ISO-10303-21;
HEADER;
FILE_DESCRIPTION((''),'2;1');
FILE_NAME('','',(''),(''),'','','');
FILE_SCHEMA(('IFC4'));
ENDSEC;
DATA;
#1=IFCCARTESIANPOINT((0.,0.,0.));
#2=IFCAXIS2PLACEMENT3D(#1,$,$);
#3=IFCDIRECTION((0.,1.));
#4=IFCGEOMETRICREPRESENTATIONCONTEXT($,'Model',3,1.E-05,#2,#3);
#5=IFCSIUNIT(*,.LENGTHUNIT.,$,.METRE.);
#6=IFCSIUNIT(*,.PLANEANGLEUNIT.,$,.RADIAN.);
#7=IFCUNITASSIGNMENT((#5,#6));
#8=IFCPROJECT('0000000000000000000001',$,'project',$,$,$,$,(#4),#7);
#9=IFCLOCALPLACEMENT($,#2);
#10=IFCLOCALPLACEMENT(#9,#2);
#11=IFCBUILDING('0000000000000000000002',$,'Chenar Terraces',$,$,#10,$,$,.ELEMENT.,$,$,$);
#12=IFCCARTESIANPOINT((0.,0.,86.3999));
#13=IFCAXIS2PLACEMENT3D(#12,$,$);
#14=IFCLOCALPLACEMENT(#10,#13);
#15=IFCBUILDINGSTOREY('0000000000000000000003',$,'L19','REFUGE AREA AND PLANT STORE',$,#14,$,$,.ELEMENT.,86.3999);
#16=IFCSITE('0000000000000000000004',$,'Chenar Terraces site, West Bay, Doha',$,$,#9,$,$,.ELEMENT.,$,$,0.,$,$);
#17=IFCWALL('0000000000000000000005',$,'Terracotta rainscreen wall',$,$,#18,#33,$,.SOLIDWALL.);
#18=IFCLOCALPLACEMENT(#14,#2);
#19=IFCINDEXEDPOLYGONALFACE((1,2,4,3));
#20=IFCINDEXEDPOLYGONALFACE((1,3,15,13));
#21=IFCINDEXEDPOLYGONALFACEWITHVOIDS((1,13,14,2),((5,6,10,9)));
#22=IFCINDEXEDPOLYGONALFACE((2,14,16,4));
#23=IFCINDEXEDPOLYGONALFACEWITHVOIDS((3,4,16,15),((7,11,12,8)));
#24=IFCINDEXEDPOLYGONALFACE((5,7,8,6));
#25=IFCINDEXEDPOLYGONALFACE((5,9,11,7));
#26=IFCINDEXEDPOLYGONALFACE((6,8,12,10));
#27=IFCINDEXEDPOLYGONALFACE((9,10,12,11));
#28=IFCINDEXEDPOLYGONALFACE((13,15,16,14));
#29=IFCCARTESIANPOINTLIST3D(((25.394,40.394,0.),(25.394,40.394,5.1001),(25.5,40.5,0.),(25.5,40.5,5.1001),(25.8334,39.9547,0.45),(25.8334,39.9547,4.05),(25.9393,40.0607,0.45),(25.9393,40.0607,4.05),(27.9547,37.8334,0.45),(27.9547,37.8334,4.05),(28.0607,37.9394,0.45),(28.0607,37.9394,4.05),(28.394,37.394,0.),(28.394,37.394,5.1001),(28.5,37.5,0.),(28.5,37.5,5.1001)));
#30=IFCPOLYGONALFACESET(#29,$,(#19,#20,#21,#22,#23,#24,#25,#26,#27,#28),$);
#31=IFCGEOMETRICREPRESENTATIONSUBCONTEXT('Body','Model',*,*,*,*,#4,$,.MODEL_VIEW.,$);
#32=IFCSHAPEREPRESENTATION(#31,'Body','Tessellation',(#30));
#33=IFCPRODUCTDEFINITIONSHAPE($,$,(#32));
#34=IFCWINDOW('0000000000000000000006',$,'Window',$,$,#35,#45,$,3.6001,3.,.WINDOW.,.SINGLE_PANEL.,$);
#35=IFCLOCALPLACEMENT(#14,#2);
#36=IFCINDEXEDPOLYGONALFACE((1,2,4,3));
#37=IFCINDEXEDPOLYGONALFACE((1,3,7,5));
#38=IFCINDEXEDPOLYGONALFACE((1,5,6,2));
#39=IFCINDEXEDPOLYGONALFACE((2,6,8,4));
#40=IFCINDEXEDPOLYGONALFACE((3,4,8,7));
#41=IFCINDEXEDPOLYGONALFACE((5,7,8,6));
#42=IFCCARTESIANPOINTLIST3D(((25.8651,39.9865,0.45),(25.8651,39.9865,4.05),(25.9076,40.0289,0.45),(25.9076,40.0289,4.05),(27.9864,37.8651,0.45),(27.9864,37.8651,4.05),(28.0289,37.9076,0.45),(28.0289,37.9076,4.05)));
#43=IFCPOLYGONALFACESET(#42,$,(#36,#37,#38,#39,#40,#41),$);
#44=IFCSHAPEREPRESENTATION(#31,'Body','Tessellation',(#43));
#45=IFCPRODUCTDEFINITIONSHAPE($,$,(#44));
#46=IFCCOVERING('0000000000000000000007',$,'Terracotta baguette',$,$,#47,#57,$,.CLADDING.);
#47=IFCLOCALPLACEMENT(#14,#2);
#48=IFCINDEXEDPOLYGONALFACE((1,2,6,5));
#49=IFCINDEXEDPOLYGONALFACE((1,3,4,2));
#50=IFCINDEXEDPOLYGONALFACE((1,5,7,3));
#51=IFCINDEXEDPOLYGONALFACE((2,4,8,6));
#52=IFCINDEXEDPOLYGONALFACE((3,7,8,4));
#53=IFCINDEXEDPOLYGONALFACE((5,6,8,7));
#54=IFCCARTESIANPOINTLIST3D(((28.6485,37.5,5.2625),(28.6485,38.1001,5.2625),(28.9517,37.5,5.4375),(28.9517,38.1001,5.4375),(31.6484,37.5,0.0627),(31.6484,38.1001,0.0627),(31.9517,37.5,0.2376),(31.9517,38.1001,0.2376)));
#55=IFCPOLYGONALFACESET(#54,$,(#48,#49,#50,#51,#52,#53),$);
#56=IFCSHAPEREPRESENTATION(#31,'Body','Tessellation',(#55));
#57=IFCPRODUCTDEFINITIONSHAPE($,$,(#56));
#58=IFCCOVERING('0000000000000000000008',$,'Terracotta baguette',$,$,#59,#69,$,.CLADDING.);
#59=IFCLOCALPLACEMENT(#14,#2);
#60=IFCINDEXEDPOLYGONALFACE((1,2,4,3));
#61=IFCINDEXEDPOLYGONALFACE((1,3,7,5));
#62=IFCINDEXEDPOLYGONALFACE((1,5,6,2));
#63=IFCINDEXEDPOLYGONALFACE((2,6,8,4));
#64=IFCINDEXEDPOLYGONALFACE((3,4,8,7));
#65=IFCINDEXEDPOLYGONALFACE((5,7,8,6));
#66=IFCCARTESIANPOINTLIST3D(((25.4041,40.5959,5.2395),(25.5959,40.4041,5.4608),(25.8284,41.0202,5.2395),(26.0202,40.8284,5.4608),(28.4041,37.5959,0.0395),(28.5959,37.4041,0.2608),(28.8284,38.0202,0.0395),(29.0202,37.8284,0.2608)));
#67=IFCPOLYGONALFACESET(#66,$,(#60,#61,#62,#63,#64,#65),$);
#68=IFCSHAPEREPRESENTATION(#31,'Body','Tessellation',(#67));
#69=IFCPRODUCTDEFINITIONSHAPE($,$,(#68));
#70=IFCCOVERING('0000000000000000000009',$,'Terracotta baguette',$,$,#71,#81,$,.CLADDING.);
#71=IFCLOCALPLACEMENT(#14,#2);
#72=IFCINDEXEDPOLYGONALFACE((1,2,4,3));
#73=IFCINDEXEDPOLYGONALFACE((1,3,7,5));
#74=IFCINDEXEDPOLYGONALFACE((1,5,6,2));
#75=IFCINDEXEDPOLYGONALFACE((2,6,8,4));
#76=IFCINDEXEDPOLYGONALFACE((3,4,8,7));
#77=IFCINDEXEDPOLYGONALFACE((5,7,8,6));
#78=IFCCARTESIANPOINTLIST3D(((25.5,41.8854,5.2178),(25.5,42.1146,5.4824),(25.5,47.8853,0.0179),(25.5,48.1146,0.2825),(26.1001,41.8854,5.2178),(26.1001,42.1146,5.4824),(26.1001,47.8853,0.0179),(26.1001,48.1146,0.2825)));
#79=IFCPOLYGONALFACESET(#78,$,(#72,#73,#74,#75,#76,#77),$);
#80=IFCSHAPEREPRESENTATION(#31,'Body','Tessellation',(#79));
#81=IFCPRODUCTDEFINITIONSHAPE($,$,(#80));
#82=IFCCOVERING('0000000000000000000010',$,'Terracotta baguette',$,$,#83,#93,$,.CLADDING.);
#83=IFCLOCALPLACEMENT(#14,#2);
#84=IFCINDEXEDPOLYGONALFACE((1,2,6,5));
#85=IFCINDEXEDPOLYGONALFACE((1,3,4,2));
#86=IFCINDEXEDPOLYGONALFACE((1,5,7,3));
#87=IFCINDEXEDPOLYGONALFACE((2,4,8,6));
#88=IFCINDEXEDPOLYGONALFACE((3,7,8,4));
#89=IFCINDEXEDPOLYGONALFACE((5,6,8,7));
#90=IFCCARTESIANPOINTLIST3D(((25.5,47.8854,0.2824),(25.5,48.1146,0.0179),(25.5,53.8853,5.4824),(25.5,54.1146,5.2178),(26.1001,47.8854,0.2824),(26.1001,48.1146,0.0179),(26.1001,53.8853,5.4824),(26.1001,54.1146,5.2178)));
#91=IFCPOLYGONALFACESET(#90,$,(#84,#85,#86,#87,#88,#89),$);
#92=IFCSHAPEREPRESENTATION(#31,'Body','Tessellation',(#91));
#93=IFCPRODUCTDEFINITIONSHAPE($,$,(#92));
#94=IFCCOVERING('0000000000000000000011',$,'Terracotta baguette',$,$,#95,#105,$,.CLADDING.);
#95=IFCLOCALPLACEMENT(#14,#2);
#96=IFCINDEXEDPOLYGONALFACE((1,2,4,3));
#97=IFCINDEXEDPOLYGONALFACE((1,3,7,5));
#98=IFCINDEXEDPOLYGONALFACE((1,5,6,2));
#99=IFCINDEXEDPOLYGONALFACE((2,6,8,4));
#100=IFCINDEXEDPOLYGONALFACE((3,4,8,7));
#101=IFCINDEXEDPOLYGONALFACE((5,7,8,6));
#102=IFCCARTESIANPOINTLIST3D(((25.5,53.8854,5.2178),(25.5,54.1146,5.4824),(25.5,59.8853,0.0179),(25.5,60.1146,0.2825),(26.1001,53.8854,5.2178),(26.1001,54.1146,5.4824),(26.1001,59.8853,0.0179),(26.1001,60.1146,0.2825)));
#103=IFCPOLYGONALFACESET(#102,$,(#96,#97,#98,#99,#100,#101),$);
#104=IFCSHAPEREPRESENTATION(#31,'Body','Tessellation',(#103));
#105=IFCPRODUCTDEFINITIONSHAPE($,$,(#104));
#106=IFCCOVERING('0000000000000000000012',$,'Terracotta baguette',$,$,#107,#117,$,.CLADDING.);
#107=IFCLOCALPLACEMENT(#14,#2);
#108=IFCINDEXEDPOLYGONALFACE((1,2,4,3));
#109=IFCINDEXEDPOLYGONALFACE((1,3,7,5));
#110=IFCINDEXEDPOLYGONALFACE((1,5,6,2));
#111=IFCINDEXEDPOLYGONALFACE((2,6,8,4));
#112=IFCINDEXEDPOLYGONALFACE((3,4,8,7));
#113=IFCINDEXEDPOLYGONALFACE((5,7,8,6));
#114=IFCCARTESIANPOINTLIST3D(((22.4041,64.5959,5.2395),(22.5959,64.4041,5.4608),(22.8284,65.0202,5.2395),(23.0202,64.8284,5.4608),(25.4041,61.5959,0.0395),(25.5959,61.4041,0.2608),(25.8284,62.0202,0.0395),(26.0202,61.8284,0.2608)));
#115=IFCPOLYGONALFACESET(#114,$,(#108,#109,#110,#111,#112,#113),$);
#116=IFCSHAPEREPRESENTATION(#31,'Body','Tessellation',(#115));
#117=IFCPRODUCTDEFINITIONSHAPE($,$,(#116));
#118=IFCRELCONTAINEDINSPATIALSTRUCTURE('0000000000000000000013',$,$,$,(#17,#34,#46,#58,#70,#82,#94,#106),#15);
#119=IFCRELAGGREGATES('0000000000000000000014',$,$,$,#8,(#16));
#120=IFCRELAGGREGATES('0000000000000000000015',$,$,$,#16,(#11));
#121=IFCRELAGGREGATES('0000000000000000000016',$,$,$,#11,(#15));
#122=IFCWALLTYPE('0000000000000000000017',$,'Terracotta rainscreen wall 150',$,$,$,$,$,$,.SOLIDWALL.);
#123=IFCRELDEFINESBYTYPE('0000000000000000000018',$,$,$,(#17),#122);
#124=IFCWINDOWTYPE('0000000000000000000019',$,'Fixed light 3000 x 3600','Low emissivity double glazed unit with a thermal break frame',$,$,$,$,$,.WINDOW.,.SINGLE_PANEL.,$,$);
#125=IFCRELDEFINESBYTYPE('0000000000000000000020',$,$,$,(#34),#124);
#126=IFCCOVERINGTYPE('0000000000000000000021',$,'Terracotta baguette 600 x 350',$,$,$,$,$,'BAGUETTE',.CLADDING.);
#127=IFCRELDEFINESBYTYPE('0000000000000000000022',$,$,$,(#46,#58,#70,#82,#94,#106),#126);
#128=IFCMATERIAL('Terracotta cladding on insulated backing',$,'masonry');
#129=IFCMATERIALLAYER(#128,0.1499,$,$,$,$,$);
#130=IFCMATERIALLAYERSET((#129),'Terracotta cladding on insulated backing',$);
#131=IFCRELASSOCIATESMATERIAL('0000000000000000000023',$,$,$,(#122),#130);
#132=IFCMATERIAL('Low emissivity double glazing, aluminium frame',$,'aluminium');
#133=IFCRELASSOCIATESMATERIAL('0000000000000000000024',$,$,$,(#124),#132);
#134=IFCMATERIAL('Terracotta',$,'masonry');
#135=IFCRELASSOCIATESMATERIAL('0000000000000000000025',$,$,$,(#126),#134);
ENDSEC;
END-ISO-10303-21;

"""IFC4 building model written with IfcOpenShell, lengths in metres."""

from ifc_helpers import new_model, si_unit, direction, frame, frame_2d, origin, origin_2d, place, context, subcontext, project, spatial, rectangle, extrude, material, layer, layer_set, material_profile, profile_set, type_object, element, fill, save


model = new_model("IFC4")

# Units and contexts
model_context = context("Model", 3, precision=1e-05, world=origin(), true_north=direction((0.0, 1.0)))
body_context = subcontext(model_context, "Body", "Model", "MODEL_VIEW")
ifc_project = project(units=[si_unit("LENGTHUNIT", "METRE"), si_unit("PLANEANGLEUNIT", "RADIAN")], contexts=[model_context])

# Site, building, storey
site_placement = place(None, origin())
site = spatial("IfcSite", under=ifc_project, at=site_placement, Name="Chenar Terraces site, West Bay, Doha", CompositionType="ELEMENT", RefElevation=0.0)
building_placement = place(site_placement, origin())
building = spatial("IfcBuilding", under=site, at=building_placement, Name="Chenar Terraces", CompositionType="ELEMENT")
storey_placement = place(building_placement, frame((0.0, 0.0, 86.3999)))
storey = spatial("IfcBuildingStorey", under=building, at=storey_placement, Name="L19", Description="REFUGE AREA AND PLANT STORE", CompositionType="ELEMENT", Elevation=86.3999)

# Wall, opening, window
ifc_material_1 = material(Name="Terracotta cladding on insulated backing", Category="masonry")
ifc_layer_1 = layer(ifc_material_1, 0.1499)
ifc_layer_set_1 = layer_set([ifc_layer_1], Name="Terracotta cladding on insulated backing")
wall_type = type_object("IfcWallType", Name="Terracotta rainscreen wall 150", PredefinedType="SOLIDWALL", material=ifc_layer_set_1)
wall_placement = place(storey_placement, frame((28.447, 37.447, 0.0), z_axis=(0.0, 0.0, 1.0), x_axis=(-0.707107, 0.707107, 0.0)))
wall = element("IfcWall", 1, at=wall_placement, inside=storey, type_object=wall_type, Name="Terracotta rainscreen wall", PredefinedType="SOLIDWALL", context=body_context, shape_type="SweptSolid", body=[
    extrude(rectangle(XDim=4.2427, YDim=0.1499, at=frame_2d((2.1213, 0.0))), origin(), (0.0, 0.0, 1.0), 5.1001),
])
opening_placement = place(wall_placement, frame((0.6213, 0.0, 0.45)))
opening = element("IfcOpeningElement", 2, at=opening_placement, cuts=wall, PredefinedType="OPENING", context=body_context, shape_type="SweptSolid", body=[
    extrude(rectangle(XDim=3.0, YDim=3.6001, at=frame_2d((1.5, 1.8))), frame((0.0, 0.085, 0.0), z_axis=(0.0, -1.0, 0.0), x_axis=(1.0, 0.0, 0.0)), (0.0, 0.0, 1.0), 0.1699),
])
ifc_material_2 = material(Name="Low emissivity double glazing, aluminium frame", Category="aluminium")
window_type = type_object("IfcWindowType", Name="Fixed light 3000 x 3600", Description="Low emissivity double glazed unit with a thermal break frame", PartitioningType="SINGLE_PANEL", PredefinedType="WINDOW", material=ifc_material_2)
window_placement = place(opening_placement, origin())
window = element("IfcWindow", 3, at=window_placement, inside=storey, type_object=window_type, Name="Window", OverallHeight=3.6001, OverallWidth=3.0, PartitioningType="SINGLE_PANEL", PredefinedType="WINDOW", context=body_context, shape_type="SweptSolid", body=[
    extrude(rectangle(XDim=3.0, YDim=3.6001, at=frame_2d((1.5, 1.8))), frame((0.0, 0.03, 0.0), z_axis=(0.0, -1.0, 0.0), x_axis=(1.0, 0.0, 0.0)), (0.0, 0.0, 1.0), 0.0601),
])
fill(opening, window)

# Coverings
ifc_material_3 = material(Name="Terracotta", Category="masonry")
ifc_material_profile_1 = material_profile(ifc_material_3, rectangle(XDim=0.6001, YDim=0.3501, at=origin_2d()), Name="Terracotta baguette 600 x 350")
ifc_profile_set_1 = profile_set([ifc_material_profile_1], Name="Terracotta")
covering_type = type_object("IfcCoveringType", Name="Terracotta baguette 600 x 350", ElementType="BAGUETTE", PredefinedType="CLADDING", material=ifc_profile_set_1)
covering_1_placement = place(storey_placement, frame((31.8, 37.8, 0.1501), z_axis=(-0.499726, 0.0, 0.866184), x_axis=(0.0, -1.0, 0.0)))
element("IfcCovering", 4, at=covering_1_placement, inside=storey, type_object=covering_type, Name="Terracotta baguette", PredefinedType="CLADDING", context=body_context, shape_type="SweptSolid", body=[
    extrude(rectangle(XDim=0.6001, YDim=0.3501, at=origin_2d()), origin(), (0.0, 0.0, 1.0), 6.0032),
])
covering_2_placement = place(storey_placement, frame((28.7122, 37.7122, 0.1501), z_axis=(-0.447017, 0.447017, 0.774823), x_axis=(-0.707107, -0.707107, 0.0)))
element("IfcCovering", 5, at=covering_2_placement, inside=storey, type_object=covering_type, Name="Terracotta baguette", PredefinedType="CLADDING", context=body_context, shape_type="SweptSolid", body=[
    extrude(rectangle(XDim=0.6001, YDim=0.3501, at=origin_2d()), origin(), (0.0, 0.0, 1.0), 6.7112),
])
for number, where, z_axis, x_axis, name in (
    (6, (25.8, 42.0, 5.3501), (0.0, 0.755692, -0.654927), (-1.0, 0.0, 0.0), "Terracotta baguette"),
    (7, (25.8, 48.0, 0.1501), (0.0, 0.755692, 0.654927), (-1.0, 0.0, 0.0), "Terracotta baguette"),
    (8, (25.8, 54.0, 5.3501), (0.0, 0.755692, -0.654927), (-1.0, 0.0, 0.0), "Terracotta baguette"),
):
    element("IfcCovering", number, at=place(storey_placement, frame(where, z_axis=z_axis, x_axis=x_axis)), inside=storey, type_object=covering_type, Name=name, PredefinedType="CLADDING", context=body_context, shape_type="SweptSolid", body=[
        extrude(rectangle(XDim=0.6001, YDim=0.3501, at=origin_2d()), origin(), (0.0, 0.0, 1.0), 7.9397),
    ])
covering_3_placement = place(storey_placement, frame((25.7122, 61.7122, 0.1501), z_axis=(-0.447017, 0.447017, 0.774823), x_axis=(-0.707107, -0.707107, 0.0)))
element("IfcCovering", 9, at=covering_3_placement, inside=storey, type_object=covering_type, Name="Terracotta baguette", PredefinedType="CLADDING", context=body_context, shape_type="SweptSolid", body=[
    extrude(rectangle(XDim=0.6001, YDim=0.3501, at=origin_2d()), origin(), (0.0, 0.0, 1.0), 6.7112),
])

save(model, "model.ifc")
